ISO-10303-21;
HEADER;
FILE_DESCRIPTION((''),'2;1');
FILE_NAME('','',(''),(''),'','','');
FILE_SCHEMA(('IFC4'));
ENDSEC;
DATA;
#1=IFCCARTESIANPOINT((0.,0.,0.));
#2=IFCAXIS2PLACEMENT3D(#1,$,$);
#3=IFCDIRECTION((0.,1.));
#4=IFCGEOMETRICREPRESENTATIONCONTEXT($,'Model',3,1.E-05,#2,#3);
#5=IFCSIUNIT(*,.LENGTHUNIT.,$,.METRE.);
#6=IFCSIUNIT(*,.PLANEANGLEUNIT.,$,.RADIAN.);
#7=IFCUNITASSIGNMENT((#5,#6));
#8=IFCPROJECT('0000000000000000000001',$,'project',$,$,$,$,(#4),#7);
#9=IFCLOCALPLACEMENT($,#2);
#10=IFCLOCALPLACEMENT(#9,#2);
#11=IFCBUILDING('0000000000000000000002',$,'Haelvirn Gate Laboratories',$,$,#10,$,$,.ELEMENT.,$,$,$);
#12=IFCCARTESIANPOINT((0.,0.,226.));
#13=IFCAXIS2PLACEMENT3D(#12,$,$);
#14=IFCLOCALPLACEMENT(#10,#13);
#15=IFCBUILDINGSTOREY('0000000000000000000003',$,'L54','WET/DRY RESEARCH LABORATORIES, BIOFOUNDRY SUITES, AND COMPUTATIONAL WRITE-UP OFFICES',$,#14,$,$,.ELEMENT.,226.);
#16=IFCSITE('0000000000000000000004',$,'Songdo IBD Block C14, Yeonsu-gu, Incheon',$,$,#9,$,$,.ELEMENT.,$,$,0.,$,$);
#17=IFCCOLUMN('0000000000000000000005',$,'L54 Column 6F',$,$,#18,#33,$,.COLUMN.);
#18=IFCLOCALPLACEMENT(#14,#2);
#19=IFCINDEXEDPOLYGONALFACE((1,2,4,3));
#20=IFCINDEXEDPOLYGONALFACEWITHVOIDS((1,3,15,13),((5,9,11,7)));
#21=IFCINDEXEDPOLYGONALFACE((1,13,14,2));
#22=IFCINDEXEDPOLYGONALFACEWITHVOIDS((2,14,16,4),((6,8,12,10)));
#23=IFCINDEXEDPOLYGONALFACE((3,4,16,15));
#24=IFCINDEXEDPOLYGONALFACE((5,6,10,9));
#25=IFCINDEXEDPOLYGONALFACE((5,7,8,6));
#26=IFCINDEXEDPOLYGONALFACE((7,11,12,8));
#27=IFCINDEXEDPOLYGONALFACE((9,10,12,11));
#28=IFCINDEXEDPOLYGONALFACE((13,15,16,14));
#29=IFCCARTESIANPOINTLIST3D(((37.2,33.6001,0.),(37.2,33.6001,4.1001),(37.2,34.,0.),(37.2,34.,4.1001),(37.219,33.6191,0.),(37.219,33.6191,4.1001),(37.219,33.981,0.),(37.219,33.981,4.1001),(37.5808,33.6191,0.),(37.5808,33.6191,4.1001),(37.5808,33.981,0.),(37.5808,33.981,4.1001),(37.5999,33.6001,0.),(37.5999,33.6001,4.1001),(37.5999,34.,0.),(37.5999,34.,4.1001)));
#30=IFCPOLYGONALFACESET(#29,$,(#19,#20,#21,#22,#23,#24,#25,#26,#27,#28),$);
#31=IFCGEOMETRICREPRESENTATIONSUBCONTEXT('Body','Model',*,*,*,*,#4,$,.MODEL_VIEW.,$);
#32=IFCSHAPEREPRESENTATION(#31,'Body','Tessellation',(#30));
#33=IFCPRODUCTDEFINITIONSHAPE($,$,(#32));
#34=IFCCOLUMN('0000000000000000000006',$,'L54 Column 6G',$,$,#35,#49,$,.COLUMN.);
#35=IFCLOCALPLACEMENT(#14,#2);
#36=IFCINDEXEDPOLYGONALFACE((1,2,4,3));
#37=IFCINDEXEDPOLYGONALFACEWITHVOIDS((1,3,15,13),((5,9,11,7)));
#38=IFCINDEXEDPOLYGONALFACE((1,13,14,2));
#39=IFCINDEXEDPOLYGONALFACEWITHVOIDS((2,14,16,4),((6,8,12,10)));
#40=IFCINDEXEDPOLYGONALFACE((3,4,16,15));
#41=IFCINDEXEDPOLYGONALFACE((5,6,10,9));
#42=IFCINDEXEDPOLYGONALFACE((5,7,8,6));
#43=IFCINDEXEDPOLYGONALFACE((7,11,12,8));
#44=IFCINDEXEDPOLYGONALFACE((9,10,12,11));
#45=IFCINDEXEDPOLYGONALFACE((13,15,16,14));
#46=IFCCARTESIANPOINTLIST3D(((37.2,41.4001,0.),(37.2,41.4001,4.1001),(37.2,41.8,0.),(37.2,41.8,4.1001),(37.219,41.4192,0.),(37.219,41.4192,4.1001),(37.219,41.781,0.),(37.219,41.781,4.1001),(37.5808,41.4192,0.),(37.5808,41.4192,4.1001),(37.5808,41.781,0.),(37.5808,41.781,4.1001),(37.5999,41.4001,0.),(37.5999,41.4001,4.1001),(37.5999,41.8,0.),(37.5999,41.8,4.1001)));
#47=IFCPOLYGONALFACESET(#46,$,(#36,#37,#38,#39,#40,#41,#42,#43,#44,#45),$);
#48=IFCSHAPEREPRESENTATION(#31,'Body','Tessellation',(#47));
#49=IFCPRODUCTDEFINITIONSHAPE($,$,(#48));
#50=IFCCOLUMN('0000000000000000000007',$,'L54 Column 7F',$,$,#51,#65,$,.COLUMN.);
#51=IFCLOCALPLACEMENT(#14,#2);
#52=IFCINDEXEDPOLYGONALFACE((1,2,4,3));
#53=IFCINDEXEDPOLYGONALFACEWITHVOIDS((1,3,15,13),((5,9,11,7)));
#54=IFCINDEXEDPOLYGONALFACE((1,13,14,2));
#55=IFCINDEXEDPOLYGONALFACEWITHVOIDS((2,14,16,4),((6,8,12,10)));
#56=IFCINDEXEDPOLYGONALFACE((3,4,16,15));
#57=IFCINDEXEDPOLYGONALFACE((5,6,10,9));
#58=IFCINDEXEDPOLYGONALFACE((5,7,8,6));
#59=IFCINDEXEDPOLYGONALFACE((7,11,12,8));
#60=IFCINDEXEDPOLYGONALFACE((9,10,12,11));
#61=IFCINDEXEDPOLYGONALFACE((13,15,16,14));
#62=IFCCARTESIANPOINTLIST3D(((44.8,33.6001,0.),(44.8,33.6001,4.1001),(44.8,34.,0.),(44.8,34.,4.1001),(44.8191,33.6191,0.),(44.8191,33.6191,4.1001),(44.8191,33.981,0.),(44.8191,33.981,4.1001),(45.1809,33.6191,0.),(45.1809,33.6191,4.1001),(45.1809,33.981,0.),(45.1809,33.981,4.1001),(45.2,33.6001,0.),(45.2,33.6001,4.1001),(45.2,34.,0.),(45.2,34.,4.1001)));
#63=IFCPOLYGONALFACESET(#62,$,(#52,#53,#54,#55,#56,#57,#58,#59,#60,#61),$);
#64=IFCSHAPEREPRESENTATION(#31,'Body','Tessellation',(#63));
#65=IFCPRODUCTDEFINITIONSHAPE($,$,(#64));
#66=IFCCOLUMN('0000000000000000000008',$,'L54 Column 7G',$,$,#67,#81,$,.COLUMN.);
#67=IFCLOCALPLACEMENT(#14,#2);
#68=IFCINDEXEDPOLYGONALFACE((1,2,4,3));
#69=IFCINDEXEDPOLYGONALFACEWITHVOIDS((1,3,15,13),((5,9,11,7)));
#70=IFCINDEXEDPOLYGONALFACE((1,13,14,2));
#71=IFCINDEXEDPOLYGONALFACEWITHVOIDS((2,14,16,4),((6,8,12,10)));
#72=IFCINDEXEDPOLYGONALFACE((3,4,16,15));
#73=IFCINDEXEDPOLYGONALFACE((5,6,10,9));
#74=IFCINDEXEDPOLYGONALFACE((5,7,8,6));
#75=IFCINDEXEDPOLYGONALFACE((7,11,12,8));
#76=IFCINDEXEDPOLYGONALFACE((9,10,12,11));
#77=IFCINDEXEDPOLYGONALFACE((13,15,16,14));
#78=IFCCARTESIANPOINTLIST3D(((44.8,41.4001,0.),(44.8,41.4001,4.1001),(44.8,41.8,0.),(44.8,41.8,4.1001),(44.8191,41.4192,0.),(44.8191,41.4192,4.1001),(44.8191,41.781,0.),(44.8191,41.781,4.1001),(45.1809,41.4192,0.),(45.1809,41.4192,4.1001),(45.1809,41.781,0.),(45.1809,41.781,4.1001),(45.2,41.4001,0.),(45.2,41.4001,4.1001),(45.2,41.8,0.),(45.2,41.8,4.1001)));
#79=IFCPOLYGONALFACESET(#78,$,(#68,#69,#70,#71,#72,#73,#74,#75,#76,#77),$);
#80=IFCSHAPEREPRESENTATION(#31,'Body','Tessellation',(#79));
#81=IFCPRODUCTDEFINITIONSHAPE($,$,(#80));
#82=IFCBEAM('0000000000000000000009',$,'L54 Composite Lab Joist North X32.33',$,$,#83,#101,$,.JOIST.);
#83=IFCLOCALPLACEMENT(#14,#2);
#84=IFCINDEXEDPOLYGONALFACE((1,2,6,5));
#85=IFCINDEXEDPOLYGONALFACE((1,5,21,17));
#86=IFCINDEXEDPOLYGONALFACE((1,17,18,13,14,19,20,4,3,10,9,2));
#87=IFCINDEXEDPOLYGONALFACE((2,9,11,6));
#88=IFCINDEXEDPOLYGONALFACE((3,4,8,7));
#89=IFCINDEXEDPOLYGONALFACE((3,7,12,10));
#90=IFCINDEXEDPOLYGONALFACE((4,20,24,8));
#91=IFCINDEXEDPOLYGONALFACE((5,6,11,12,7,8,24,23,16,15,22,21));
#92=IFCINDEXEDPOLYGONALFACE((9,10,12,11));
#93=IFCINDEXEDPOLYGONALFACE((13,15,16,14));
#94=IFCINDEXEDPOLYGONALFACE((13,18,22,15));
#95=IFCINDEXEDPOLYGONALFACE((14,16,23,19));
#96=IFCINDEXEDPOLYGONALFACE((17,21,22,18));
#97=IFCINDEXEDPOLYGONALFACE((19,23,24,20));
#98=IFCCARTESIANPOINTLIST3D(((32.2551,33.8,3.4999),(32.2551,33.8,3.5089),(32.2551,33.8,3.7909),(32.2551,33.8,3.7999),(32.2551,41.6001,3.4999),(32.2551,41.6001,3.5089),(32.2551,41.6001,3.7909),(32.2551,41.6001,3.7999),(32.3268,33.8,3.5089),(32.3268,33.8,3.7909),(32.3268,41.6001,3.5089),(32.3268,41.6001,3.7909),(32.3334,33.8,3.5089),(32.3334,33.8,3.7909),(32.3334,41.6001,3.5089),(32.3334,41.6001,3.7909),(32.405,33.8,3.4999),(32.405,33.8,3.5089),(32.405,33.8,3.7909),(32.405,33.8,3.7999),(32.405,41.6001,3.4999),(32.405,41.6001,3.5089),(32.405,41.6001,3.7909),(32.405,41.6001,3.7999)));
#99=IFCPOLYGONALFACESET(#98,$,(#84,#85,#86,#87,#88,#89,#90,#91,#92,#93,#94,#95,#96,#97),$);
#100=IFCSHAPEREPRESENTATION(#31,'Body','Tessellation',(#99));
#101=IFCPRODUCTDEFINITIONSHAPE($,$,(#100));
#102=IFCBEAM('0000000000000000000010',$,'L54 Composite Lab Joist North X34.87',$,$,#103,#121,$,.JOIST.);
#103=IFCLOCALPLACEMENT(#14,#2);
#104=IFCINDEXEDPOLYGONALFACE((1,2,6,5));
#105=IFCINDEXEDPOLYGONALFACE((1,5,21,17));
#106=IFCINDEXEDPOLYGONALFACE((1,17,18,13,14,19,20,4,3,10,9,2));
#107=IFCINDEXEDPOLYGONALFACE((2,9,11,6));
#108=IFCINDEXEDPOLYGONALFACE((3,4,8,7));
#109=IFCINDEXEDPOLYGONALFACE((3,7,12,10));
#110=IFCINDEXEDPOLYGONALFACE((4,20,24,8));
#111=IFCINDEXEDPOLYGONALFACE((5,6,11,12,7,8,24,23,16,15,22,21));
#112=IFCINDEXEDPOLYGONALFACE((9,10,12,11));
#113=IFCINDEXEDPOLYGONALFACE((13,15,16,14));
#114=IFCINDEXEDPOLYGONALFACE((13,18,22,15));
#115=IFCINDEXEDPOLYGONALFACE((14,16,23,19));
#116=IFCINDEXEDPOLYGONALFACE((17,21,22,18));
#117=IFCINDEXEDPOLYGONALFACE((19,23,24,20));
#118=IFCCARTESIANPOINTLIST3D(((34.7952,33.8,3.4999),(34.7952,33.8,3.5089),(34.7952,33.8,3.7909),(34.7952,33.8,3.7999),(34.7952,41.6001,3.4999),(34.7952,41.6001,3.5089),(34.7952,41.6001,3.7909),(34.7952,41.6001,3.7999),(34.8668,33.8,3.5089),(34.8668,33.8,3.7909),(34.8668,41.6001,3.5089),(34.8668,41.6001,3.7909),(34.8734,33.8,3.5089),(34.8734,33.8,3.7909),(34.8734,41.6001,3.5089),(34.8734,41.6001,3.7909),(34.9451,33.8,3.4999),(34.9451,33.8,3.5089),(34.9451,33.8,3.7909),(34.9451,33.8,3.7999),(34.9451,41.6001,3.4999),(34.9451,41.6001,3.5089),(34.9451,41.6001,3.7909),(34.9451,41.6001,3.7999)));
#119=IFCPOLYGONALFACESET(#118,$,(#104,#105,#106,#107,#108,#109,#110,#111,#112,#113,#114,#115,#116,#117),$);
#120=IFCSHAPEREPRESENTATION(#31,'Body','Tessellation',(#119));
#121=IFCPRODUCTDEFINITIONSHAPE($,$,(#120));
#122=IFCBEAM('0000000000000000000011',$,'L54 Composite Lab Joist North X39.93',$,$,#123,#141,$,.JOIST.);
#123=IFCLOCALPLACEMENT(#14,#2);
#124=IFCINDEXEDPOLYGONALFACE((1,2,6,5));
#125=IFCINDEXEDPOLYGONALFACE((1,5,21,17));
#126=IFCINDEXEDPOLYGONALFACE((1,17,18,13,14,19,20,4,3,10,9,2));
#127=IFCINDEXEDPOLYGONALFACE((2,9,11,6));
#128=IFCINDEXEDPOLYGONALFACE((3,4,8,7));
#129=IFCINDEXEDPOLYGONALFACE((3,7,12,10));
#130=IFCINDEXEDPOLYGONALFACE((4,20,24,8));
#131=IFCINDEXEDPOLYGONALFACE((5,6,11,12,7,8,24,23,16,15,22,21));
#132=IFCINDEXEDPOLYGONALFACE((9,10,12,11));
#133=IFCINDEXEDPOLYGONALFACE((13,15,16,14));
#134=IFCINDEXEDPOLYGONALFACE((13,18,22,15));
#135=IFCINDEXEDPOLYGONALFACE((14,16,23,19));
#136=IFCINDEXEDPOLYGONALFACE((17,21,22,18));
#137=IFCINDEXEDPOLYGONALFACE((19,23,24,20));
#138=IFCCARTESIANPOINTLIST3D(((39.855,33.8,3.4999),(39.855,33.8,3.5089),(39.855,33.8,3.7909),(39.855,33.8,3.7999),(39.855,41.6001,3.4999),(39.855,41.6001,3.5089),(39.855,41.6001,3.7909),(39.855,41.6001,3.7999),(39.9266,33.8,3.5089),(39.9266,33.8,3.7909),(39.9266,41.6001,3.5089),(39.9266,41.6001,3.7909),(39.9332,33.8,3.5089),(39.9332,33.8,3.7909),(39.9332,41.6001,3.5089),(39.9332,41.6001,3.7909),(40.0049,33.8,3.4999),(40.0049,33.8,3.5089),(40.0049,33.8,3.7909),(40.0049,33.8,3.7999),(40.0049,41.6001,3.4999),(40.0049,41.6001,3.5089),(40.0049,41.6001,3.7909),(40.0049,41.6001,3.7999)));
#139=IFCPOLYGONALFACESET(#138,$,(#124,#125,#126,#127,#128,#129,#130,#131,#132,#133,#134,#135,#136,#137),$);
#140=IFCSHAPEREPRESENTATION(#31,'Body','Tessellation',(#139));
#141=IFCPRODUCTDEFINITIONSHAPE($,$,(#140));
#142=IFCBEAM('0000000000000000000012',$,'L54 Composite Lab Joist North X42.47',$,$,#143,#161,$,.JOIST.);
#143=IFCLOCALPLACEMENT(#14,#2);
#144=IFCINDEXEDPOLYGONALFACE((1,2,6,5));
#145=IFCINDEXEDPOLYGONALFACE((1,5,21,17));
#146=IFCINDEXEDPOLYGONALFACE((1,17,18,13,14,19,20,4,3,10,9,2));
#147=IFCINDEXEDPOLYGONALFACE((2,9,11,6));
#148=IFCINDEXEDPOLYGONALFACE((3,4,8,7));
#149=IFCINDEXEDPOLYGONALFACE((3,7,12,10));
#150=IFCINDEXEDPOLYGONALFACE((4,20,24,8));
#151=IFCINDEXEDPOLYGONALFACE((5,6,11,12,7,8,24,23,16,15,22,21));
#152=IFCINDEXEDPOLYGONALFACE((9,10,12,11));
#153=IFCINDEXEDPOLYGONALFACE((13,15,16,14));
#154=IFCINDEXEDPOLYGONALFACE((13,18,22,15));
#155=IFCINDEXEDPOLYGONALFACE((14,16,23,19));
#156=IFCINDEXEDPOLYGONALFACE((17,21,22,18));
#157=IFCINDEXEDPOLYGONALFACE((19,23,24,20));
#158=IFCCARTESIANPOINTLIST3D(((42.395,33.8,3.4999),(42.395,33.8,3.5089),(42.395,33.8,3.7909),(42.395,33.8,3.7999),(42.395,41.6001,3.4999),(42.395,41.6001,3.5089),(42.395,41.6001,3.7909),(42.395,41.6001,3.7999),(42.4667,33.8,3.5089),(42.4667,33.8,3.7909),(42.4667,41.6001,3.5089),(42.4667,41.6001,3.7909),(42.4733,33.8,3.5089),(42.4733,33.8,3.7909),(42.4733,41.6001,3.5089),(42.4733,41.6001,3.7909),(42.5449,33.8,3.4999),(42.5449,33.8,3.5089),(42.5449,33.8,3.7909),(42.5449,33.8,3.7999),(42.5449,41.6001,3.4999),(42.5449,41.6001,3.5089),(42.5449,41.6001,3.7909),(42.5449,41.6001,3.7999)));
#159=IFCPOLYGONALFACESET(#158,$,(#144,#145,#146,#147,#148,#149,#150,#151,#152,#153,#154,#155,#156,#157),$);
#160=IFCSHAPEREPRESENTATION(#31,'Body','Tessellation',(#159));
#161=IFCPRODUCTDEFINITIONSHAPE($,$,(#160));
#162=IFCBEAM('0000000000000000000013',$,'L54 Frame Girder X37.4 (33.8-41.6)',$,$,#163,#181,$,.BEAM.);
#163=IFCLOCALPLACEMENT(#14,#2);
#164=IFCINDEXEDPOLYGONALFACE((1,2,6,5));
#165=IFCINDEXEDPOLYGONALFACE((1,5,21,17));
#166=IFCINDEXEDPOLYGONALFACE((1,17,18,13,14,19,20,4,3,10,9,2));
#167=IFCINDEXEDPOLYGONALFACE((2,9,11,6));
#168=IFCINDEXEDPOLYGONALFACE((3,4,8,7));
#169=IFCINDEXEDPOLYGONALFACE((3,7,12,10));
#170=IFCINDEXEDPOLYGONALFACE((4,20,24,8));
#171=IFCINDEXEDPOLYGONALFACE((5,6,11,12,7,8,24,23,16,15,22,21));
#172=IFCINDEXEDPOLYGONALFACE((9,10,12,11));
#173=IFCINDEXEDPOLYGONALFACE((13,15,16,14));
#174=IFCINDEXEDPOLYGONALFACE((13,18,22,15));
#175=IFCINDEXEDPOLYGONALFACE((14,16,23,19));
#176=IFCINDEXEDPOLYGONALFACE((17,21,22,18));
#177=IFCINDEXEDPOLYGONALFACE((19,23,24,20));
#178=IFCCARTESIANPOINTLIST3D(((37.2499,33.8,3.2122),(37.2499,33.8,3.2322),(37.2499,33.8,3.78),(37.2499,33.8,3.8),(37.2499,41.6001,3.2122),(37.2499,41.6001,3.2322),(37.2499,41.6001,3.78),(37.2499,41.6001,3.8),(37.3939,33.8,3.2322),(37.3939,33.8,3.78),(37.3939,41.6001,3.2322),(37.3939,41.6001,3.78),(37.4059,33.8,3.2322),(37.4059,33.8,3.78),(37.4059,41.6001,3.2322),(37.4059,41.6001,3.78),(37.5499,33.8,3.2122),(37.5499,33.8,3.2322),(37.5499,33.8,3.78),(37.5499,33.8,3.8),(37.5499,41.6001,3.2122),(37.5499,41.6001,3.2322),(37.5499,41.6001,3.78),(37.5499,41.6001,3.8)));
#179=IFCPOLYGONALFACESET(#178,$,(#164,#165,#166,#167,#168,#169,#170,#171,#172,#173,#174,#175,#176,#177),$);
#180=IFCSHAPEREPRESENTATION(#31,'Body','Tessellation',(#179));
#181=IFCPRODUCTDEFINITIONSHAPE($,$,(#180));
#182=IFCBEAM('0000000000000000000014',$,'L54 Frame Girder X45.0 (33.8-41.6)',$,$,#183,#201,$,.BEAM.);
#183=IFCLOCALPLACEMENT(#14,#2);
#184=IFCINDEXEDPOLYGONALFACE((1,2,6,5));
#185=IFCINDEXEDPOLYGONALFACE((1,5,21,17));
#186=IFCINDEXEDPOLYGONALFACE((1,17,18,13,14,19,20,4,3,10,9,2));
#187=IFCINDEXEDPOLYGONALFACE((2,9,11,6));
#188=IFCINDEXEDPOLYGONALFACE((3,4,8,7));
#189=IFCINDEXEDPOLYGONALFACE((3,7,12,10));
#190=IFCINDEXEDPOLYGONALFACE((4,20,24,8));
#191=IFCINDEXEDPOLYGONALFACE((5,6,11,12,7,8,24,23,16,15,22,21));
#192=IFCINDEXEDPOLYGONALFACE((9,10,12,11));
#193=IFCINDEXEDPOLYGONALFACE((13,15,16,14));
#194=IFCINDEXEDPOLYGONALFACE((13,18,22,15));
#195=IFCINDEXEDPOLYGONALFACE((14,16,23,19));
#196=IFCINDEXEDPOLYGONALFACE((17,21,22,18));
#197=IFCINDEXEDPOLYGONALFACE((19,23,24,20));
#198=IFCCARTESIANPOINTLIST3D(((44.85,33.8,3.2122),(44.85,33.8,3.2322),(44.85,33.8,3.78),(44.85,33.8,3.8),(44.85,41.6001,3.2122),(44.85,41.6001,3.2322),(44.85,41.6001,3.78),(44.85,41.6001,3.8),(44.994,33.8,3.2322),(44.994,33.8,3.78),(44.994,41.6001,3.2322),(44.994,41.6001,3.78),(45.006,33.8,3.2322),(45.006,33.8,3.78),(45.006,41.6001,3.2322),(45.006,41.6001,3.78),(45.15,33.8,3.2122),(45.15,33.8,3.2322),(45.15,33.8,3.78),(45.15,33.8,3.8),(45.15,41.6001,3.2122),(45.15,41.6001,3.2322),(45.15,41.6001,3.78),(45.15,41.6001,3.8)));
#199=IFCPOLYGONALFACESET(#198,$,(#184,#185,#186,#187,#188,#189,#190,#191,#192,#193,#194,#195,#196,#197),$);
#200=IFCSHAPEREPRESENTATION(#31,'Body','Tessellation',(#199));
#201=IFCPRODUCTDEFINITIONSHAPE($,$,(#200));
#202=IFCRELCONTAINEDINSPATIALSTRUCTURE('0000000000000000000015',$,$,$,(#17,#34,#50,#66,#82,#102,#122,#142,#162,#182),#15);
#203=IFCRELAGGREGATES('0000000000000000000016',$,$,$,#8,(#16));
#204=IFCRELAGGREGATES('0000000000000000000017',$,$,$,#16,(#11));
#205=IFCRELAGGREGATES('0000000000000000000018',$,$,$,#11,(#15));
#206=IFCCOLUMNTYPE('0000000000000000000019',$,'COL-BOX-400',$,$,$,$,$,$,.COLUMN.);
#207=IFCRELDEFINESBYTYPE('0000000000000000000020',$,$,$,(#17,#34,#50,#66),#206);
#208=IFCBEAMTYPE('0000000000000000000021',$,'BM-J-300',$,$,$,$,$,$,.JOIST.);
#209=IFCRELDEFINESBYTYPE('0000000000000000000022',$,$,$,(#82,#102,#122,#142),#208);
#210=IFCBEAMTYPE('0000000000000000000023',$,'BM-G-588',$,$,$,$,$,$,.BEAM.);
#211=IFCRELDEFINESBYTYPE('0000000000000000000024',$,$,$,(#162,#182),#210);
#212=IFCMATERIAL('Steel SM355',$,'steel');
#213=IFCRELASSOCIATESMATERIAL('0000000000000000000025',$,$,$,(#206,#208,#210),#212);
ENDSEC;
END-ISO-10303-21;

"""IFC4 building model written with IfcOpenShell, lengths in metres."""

from ifc_helpers import new_model, si_unit, direction, frame, origin, origin_2d, place, context, subcontext, project, spatial, hollow_rectangle, i_section, extrude, source, transform, mapped, material, material_profile, profile_set, type_object, type_shapes, element, save


model = new_model("IFC4")

# Units and contexts
model_context = context("Model", 3, precision=1e-05, world=origin(), true_north=direction((0.0, 1.0)))
body_context = subcontext(model_context, "Body", "Model", "MODEL_VIEW")
ifc_project = project(units=[si_unit("LENGTHUNIT", "METRE"), si_unit("PLANEANGLEUNIT", "RADIAN")], contexts=[model_context])

# Site, building, storey
site_placement = place(None, origin())
site = spatial("IfcSite", under=ifc_project, at=site_placement, Name="Songdo IBD Block C14, Yeonsu-gu, Incheon", CompositionType="ELEMENT", RefElevation=0.0)
building_placement = place(site_placement, origin())
building = spatial("IfcBuilding", under=site, at=building_placement, Name="Haelvirn Gate Laboratories", CompositionType="ELEMENT")
storey_placement = place(building_placement, frame((0.0, 0.0, 226.0)))
storey = spatial("IfcBuildingStorey", under=building, at=storey_placement, Name="L54", Description="WET/DRY RESEARCH LABORATORIES, BIOFOUNDRY SUITES, AND COMPUTATIONAL WRITE-UP OFFICES", CompositionType="ELEMENT", Elevation=226.0)

# Columns
ifc_material_1 = material(Name="Steel SM355", Category="steel")
ifc_material_profile_1 = material_profile(ifc_material_1, hollow_rectangle(XDim=0.3999, YDim=0.3999, WallThickness=0.019, at=origin_2d()), Name="BOX-400x400x19")
ifc_profile_set_1 = profile_set([ifc_material_profile_1], Name="Steel SM355")
column_type = type_object("IfcColumnType", Name="COL-BOX-400", PredefinedType="COLUMN", material=ifc_profile_set_1)
shared_shape_1 = source(origin(), body_context, "Body", "SweptSolid", [
    extrude(hollow_rectangle(XDim=0.3999, YDim=0.3999, WallThickness=0.019, at=origin_2d()), origin(), (0.0, 0.0, 1.0), 4.1001),
])
type_shapes(column_type, [shared_shape_1])
for number, where, z_axis, x_axis, name in (
    (1, (37.3999, 33.8, 0.0), (0.0, 0.0, 1.0), (1.0, 0.0, 0.0), "L54 Column 6F"),
    (2, (37.3999, 41.6001, 0.0), (0.0, 0.0, 1.0), (1.0, 0.0, 0.0), "L54 Column 6G"),
    (3, (45.0, 33.8, 0.0), (0.0, 0.0, 1.0), (1.0, 0.0, 0.0), "L54 Column 7F"),
    (4, (45.0, 41.6001, 0.0), (0.0, 0.0, 1.0), (1.0, 0.0, 0.0), "L54 Column 7G"),
):
    element("IfcColumn", number, at=place(storey_placement, frame(where, z_axis=z_axis, x_axis=x_axis)), inside=storey, type_object=column_type, Name=name, PredefinedType="COLUMN", context=body_context, shape_type="MappedRepresentation", body=[
        mapped(shared_shape_1, transform((0.0, 0.0, 0.0), scale=1.0)),
    ])

# Beams
ifc_material_profile_2 = material_profile(ifc_material_1, i_section(OverallWidth=0.1499, OverallDepth=0.3, WebThickness=0.0066, FlangeThickness=0.009, at=origin_2d()), Name="H-300x150x6.5x9")
ifc_profile_set_2 = profile_set([ifc_material_profile_2], Name="Steel SM355")
beam_type_1 = type_object("IfcBeamType", Name="BM-J-300", PredefinedType="JOIST", material=ifc_profile_set_2)
shared_shape_2 = source(origin(), body_context, "Body", "SweptSolid", [
    extrude(i_section(OverallWidth=0.1499, OverallDepth=0.3, WebThickness=0.0066, FlangeThickness=0.009, at=origin_2d()), origin(), (0.0, 0.0, 1.0), 7.8),
])
type_shapes(beam_type_1, [shared_shape_2])
for number, where, z_axis, x_axis, name in (
    (5, (32.3301, 33.8, 3.6499), (0.0, 1.0, 0.0), (-1.0, 0.0, 0.0), "L54 Composite Lab Joist North X32.33"),
    (6, (34.8701, 33.8, 3.6499), (0.0, 1.0, 0.0), (-1.0, 0.0, 0.0), "L54 Composite Lab Joist North X34.87"),
    (7, (39.9299, 33.8, 3.6499), (0.0, 1.0, 0.0), (-1.0, 0.0, 0.0), "L54 Composite Lab Joist North X39.93"),
    (8, (42.47, 33.8, 3.6499), (0.0, 1.0, 0.0), (-1.0, 0.0, 0.0), "L54 Composite Lab Joist North X42.47"),
):
    element("IfcBeam", number, at=place(storey_placement, frame(where, z_axis=z_axis, x_axis=x_axis)), inside=storey, type_object=beam_type_1, Name=name, PredefinedType="JOIST", context=body_context, shape_type="MappedRepresentation", body=[
        mapped(shared_shape_2, transform((0.0, 0.0, 0.0), scale=1.0)),
    ])
ifc_material_profile_3 = material_profile(ifc_material_1, i_section(OverallWidth=0.3, OverallDepth=0.5879, WebThickness=0.012, FlangeThickness=0.02, at=origin_2d()), Name="H-588x300x12x20")
ifc_profile_set_3 = profile_set([ifc_material_profile_3], Name="Steel SM355")
beam_type_2 = type_object("IfcBeamType", Name="BM-G-588", PredefinedType="BEAM", material=ifc_profile_set_3)
shared_shape_3 = source(origin(), body_context, "Body", "SweptSolid", [
    extrude(i_section(OverallWidth=0.3, OverallDepth=0.5879, WebThickness=0.012, FlangeThickness=0.02, at=origin_2d()), origin(), (0.0, 0.0, 1.0), 7.8),
])
type_shapes(beam_type_2, [shared_shape_3])
for number, where, z_axis, x_axis, name in (
    (9, (37.3999, 33.8, 3.5061), (0.0, 1.0, 0.0), (-1.0, 0.0, 0.0), "L54 Frame Girder X37.4 (33.8-41.6)"),
    (10, (45.0, 33.8, 3.5061), (0.0, 1.0, 0.0), (-1.0, 0.0, 0.0), "L54 Frame Girder X45.0 (33.8-41.6)"),
):
    element("IfcBeam", number, at=place(storey_placement, frame(where, z_axis=z_axis, x_axis=x_axis)), inside=storey, type_object=beam_type_2, Name=name, PredefinedType="BEAM", context=body_context, shape_type="MappedRepresentation", body=[
        mapped(shared_shape_3, transform((0.0, 0.0, 0.0), scale=1.0)),
    ])

save(model, "model.ifc")
